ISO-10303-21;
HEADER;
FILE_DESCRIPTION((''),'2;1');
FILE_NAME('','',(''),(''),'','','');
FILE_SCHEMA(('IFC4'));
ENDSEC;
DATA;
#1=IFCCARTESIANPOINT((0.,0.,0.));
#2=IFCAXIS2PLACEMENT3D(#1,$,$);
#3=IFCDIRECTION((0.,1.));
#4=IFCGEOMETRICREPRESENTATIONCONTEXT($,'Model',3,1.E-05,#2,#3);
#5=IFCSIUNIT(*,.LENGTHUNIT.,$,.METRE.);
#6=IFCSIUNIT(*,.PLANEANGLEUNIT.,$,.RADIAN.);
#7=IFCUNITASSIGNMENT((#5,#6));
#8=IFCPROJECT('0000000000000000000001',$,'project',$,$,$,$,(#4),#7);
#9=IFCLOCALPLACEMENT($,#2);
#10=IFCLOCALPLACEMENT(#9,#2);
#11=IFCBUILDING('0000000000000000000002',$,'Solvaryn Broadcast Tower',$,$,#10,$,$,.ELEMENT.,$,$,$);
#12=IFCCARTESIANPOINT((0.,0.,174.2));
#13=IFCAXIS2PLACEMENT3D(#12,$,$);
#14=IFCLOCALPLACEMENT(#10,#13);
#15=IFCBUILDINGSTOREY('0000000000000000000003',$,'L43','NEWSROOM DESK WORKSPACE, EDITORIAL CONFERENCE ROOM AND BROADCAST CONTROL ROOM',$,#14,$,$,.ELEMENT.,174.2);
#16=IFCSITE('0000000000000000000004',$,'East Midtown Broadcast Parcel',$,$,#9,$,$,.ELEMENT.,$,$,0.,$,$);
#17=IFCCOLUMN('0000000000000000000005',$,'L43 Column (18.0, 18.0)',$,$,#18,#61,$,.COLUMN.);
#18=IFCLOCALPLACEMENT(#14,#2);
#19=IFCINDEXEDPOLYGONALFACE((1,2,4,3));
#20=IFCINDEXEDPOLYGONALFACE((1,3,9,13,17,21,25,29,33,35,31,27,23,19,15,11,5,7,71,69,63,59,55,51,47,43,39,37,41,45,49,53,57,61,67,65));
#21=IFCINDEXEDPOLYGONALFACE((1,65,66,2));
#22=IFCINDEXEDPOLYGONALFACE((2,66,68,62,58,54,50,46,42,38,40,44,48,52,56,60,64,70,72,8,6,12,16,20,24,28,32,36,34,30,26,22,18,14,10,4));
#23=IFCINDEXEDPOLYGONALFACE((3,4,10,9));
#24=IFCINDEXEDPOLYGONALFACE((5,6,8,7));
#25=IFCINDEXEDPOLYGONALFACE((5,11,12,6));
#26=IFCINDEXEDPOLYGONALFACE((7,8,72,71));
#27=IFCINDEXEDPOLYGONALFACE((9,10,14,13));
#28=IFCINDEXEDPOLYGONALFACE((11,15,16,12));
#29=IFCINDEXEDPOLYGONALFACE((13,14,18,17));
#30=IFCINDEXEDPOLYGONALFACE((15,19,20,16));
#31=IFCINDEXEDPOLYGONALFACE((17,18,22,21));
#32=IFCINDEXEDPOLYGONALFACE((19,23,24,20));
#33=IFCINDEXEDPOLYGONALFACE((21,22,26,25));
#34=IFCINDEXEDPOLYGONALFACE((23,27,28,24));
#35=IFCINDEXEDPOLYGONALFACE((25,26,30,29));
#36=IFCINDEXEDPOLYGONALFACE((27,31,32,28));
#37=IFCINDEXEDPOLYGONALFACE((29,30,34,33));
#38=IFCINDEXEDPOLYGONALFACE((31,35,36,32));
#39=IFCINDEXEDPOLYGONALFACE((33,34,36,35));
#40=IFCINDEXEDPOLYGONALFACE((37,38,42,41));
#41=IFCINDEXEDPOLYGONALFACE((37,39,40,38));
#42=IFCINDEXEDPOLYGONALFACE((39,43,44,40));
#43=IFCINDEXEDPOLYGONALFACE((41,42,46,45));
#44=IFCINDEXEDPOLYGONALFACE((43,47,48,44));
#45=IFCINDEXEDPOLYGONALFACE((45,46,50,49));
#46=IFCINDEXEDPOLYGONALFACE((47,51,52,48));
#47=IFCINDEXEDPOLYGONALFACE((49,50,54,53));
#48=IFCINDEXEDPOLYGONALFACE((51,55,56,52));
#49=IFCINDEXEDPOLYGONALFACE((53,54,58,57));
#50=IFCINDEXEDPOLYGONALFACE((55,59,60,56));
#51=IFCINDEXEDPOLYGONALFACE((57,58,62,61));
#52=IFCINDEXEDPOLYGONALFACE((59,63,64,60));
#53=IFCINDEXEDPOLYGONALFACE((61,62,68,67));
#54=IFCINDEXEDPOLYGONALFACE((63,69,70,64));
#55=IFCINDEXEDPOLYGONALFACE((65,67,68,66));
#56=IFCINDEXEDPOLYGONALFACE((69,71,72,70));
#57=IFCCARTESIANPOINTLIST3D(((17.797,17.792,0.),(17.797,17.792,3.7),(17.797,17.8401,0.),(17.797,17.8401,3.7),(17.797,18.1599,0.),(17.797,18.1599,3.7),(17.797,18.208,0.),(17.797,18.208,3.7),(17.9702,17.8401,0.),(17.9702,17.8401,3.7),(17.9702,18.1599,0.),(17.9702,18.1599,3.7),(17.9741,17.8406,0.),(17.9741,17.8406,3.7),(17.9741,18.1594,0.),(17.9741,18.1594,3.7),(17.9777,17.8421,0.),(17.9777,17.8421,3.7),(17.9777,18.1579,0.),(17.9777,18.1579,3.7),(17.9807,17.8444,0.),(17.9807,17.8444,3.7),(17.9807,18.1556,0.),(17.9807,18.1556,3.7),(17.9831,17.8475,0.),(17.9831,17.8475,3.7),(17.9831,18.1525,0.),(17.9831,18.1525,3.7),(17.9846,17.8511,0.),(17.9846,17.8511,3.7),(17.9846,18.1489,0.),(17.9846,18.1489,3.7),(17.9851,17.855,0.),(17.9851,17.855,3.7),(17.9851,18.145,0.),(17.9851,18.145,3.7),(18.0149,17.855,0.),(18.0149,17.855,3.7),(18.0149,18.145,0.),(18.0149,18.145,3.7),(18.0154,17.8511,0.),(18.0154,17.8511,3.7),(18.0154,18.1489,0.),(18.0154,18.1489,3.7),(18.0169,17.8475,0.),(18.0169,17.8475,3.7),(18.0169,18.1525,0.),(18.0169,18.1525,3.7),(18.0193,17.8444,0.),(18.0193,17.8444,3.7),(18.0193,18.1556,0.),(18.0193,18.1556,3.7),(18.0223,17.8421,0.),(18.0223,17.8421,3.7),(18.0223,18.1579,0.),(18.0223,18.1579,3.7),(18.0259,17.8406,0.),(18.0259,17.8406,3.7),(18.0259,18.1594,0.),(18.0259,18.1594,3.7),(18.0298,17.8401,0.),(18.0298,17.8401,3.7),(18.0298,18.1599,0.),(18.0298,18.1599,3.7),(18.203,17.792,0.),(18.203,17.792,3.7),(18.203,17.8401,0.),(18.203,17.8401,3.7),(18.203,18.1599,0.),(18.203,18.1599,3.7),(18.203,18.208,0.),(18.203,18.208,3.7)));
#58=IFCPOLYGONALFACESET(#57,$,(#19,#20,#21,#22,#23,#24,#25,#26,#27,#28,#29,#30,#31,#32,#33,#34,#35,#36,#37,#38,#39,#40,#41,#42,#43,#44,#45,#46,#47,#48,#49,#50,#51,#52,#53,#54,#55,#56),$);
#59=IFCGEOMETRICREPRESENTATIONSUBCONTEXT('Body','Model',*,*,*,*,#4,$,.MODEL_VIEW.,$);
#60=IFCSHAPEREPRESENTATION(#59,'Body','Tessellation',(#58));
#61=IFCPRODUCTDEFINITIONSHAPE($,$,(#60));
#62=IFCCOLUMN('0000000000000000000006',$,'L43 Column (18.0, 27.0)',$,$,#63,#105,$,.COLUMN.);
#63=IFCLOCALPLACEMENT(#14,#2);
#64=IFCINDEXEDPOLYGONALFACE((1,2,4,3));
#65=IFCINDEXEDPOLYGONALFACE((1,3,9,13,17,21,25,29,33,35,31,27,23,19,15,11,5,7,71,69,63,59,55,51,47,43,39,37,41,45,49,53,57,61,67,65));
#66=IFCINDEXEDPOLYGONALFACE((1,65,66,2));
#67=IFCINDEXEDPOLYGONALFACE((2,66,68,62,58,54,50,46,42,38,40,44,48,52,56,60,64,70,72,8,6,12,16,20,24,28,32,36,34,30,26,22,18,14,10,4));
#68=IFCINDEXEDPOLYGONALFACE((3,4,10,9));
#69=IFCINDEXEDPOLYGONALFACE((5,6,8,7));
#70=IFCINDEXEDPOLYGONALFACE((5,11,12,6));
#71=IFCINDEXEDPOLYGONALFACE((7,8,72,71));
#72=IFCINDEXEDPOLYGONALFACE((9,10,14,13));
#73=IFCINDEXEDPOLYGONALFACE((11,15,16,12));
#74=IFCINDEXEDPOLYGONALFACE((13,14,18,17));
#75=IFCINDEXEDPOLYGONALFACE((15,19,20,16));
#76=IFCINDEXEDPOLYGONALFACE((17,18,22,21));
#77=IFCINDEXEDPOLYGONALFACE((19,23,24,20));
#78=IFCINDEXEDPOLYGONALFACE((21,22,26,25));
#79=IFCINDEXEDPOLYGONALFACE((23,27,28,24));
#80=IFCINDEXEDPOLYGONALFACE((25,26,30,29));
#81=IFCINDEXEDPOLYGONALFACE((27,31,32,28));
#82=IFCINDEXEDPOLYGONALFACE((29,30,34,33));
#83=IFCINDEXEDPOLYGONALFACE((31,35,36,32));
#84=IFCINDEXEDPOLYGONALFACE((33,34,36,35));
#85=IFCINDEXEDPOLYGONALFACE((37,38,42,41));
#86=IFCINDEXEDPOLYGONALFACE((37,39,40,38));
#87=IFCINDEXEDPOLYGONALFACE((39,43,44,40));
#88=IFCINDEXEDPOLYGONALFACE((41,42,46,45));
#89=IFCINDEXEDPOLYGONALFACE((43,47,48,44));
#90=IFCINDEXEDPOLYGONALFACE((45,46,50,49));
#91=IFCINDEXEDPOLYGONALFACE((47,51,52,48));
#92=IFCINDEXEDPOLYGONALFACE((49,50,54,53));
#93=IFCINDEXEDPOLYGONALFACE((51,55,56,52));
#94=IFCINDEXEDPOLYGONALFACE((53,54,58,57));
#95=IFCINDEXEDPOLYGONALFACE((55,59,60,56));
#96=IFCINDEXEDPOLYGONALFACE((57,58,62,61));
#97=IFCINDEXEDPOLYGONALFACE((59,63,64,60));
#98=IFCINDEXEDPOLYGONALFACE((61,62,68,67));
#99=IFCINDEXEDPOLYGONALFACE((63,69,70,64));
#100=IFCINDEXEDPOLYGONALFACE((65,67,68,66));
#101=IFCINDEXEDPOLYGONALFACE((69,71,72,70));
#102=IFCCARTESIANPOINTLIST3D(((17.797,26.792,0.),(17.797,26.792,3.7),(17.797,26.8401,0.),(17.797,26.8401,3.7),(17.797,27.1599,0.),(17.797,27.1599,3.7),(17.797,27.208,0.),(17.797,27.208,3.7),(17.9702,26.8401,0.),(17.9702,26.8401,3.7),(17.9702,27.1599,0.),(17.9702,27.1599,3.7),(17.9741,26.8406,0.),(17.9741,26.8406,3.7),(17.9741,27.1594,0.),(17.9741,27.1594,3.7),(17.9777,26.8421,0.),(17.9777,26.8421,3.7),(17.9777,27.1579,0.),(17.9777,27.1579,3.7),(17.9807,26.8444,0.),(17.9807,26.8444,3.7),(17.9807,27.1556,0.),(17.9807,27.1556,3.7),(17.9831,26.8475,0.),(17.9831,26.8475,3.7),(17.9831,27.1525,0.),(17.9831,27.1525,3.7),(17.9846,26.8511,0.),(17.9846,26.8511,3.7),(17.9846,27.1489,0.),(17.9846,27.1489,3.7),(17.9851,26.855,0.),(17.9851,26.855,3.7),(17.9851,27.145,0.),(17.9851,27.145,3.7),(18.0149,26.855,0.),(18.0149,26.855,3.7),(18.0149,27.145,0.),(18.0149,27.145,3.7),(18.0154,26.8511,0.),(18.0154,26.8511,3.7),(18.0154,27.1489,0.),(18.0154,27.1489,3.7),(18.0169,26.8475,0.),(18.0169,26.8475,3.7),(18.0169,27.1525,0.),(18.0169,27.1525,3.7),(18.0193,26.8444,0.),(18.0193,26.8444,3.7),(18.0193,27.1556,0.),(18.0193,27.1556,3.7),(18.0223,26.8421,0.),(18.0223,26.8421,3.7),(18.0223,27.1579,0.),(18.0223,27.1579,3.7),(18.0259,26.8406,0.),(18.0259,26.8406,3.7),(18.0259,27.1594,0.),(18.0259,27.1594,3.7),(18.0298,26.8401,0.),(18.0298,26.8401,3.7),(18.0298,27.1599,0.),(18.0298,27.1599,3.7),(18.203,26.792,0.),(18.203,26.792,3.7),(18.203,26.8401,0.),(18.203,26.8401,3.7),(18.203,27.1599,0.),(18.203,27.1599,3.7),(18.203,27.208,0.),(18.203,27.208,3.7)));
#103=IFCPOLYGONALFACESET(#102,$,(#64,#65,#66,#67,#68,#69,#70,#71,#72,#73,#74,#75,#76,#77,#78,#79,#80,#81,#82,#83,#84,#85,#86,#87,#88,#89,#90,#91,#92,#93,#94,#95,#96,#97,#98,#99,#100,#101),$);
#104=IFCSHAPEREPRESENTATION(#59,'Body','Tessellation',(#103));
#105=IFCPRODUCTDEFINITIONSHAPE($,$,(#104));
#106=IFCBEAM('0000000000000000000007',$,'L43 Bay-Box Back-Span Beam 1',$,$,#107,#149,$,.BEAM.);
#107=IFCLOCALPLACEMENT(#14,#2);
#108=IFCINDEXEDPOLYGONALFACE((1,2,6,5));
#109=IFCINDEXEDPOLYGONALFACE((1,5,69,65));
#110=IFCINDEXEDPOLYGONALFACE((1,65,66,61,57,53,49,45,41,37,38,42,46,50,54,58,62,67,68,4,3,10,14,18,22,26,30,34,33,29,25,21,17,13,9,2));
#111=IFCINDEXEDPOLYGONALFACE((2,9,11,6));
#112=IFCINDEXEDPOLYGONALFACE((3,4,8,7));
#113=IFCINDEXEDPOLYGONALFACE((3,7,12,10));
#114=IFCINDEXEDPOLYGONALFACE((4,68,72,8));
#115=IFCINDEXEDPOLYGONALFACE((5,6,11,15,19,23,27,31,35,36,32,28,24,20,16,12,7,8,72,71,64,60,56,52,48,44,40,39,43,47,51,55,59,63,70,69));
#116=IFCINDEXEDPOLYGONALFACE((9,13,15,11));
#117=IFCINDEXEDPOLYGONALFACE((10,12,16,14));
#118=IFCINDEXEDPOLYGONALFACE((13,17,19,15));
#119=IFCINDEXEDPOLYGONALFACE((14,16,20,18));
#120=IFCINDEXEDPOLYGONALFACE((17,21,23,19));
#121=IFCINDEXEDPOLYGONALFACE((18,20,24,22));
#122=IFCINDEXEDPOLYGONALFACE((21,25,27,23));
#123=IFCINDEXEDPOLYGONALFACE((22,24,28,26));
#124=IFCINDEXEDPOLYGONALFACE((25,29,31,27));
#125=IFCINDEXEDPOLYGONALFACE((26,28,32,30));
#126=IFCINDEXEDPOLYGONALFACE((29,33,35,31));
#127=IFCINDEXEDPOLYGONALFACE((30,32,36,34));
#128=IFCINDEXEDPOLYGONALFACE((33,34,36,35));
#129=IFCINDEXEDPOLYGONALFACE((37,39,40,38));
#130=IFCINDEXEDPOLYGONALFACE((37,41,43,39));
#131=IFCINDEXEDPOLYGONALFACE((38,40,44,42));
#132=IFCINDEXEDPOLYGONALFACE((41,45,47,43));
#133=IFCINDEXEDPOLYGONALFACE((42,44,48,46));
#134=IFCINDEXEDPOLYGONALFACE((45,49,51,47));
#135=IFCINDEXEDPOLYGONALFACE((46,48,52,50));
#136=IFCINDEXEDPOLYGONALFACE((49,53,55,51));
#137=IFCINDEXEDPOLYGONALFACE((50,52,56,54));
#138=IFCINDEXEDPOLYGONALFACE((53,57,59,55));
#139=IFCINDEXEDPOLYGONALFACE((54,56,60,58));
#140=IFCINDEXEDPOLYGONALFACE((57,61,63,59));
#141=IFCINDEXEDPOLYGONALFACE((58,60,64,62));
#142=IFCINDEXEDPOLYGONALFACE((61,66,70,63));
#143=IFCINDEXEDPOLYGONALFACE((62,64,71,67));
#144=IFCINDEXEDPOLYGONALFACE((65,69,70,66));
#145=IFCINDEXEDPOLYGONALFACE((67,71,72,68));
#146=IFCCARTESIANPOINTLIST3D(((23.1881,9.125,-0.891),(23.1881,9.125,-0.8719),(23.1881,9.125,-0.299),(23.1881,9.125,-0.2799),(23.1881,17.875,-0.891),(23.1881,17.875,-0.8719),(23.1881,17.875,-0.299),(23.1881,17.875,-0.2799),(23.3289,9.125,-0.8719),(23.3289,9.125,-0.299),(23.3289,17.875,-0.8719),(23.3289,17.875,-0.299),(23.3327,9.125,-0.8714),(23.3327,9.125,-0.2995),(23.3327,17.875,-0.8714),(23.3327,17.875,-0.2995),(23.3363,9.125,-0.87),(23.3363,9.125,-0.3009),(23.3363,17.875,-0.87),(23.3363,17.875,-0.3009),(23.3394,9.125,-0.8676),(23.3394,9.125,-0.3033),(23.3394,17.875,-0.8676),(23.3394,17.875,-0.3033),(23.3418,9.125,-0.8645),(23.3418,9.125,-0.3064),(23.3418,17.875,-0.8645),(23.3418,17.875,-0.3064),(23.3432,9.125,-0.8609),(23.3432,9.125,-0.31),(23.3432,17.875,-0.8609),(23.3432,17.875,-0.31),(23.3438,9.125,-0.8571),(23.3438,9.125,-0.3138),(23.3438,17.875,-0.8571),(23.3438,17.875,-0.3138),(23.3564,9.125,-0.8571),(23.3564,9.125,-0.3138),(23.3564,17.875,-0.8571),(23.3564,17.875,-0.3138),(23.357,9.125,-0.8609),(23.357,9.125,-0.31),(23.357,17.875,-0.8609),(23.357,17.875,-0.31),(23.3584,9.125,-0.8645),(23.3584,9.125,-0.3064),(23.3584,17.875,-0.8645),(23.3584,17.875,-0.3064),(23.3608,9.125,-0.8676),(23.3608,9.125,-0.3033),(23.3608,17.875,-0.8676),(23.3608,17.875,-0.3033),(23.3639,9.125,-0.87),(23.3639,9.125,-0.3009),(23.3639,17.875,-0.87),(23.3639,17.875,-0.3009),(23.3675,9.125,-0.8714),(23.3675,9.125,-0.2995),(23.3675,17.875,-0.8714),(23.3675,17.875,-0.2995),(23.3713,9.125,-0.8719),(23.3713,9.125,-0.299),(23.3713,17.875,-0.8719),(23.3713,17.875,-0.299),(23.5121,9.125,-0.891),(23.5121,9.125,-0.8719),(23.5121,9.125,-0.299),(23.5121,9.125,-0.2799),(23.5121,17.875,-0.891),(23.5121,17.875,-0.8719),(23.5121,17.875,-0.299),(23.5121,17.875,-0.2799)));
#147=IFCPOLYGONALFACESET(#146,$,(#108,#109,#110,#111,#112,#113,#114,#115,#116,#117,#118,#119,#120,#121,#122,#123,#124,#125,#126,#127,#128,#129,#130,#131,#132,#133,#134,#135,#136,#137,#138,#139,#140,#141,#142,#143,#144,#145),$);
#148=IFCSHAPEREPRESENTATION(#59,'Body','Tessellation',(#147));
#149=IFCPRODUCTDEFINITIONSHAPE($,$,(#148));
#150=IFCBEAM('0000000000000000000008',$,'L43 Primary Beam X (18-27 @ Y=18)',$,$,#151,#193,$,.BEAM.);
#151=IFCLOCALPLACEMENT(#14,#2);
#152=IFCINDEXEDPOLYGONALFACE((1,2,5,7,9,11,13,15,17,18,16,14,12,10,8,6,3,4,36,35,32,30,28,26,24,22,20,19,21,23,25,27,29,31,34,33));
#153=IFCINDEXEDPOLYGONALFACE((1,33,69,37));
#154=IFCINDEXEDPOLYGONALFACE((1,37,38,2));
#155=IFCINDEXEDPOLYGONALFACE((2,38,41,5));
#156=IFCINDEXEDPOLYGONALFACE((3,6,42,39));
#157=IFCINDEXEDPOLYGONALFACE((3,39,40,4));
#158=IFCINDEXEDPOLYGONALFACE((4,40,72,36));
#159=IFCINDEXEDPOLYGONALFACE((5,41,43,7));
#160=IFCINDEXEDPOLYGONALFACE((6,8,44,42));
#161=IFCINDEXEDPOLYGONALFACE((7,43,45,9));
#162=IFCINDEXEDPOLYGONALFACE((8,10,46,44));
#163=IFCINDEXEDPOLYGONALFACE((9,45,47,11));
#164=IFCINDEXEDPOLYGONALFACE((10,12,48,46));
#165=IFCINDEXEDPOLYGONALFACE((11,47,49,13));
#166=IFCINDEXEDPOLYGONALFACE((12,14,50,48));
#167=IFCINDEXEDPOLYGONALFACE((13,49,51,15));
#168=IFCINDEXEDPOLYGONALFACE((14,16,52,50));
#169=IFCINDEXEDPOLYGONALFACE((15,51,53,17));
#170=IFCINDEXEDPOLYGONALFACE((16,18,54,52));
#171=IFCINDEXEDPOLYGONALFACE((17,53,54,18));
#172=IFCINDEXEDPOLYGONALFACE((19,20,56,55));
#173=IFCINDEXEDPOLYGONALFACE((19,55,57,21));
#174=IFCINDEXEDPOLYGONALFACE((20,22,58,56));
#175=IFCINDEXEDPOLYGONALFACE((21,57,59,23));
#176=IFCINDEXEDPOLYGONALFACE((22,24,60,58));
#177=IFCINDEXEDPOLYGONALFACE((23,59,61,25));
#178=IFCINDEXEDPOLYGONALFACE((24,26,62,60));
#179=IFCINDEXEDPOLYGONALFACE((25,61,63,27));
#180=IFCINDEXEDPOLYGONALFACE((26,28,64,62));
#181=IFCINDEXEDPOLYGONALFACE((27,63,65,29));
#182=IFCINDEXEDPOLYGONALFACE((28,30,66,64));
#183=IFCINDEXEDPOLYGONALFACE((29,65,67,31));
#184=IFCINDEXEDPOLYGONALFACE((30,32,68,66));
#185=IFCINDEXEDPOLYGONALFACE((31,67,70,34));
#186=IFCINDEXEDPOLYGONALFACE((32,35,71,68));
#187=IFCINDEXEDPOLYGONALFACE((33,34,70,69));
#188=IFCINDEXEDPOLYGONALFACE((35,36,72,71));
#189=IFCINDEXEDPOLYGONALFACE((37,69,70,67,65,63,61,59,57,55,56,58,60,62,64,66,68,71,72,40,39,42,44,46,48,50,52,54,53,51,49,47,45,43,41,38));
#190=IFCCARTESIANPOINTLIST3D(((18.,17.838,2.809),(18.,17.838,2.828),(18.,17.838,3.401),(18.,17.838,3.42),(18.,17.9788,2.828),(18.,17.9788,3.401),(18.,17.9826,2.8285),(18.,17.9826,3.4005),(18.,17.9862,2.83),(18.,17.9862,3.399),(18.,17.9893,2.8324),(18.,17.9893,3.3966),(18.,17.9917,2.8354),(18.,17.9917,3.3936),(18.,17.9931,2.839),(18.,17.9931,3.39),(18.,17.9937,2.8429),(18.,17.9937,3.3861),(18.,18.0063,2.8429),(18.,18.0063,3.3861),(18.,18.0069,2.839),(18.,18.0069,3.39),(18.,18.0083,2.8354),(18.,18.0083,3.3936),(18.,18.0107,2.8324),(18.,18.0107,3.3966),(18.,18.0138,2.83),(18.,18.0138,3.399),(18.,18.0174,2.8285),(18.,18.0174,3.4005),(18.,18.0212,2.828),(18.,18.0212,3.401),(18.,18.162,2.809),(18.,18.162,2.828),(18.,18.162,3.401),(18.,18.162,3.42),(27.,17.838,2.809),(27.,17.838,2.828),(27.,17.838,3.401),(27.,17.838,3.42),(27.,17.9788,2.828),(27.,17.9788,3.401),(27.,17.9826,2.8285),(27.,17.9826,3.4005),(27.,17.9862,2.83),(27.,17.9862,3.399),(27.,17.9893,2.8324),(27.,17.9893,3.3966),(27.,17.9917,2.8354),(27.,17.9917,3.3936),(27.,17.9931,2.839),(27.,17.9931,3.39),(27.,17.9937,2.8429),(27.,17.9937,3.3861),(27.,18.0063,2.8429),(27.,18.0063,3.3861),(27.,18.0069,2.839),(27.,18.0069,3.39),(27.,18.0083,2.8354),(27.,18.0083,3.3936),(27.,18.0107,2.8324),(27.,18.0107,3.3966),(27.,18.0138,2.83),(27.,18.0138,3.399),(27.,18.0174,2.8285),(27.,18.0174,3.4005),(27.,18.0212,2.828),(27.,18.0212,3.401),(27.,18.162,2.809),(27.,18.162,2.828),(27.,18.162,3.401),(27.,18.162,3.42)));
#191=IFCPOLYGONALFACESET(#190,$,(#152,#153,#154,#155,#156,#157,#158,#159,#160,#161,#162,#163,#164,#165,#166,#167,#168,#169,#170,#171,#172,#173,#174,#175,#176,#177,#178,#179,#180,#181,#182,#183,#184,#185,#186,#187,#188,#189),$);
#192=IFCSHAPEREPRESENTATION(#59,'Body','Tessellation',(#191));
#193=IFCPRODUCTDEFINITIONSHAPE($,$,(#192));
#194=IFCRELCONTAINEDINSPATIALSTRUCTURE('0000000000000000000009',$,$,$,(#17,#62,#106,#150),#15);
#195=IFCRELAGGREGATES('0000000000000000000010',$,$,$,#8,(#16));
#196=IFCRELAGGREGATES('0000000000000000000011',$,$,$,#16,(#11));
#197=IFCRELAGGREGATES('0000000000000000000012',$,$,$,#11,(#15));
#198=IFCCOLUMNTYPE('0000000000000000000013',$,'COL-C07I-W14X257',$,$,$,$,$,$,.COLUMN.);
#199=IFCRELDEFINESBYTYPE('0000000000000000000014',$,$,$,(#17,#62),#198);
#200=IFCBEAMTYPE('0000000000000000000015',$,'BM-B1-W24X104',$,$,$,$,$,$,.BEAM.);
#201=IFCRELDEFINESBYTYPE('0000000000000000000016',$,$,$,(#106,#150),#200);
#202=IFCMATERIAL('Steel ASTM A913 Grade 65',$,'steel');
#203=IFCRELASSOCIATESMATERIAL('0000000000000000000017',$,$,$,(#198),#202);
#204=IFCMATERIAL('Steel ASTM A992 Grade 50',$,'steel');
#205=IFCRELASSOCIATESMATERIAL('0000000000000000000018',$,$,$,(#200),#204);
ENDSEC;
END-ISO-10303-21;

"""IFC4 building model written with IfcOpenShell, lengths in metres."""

from ifc_helpers import new_model, si_unit, direction, frame, origin, origin_2d, place, context, subcontext, project, spatial, i_section, extrude, material, material_profile, profile_set, type_object, element, save


model = new_model("IFC4")

# Units and contexts
model_context = context("Model", 3, precision=1e-05, world=origin(), true_north=direction((0.0, 1.0)))
body_context = subcontext(model_context, "Body", "Model", "MODEL_VIEW")
ifc_project = project(units=[si_unit("LENGTHUNIT", "METRE"), si_unit("PLANEANGLEUNIT", "RADIAN")], contexts=[model_context])

# Site, building, storey
site_placement = place(None, origin())
site = spatial("IfcSite", under=ifc_project, at=site_placement, Name="East Midtown Broadcast Parcel", CompositionType="ELEMENT", RefElevation=0.0)
building_placement = place(site_placement, origin())
building = spatial("IfcBuilding", under=site, at=building_placement, Name="Solvaryn Broadcast Tower", CompositionType="ELEMENT")
storey_placement = place(building_placement, frame((0.0, 0.0, 174.2)))
storey = spatial("IfcBuildingStorey", under=building, at=storey_placement, Name="L43", Description="NEWSROOM DESK WORKSPACE, EDITORIAL CONFERENCE ROOM AND BROADCAST CONTROL ROOM", CompositionType="ELEMENT", Elevation=174.2)

# Columns
ifc_material_1 = material(Name="Steel ASTM A913 Grade 65", Category="steel")
ifc_material_profile_1 = material_profile(ifc_material_1, i_section(OverallWidth=0.406, OverallDepth=0.416, WebThickness=0.0298, FlangeThickness=0.0481, FilletRadius=0.0149, at=origin_2d()))
ifc_profile_set_1 = profile_set([ifc_material_profile_1], Name="Steel ASTM A913 Grade 65")
column_type = type_object("IfcColumnType", Name="COL-C07I-W14X257", PredefinedType="COLUMN", material=ifc_profile_set_1)
for number, where, z_axis, x_axis, name in (
    (1, (18.0, 18.0, 0.0), (0.0, 0.0, 1.0), (1.0, 0.0, 0.0), "L43 Column (18.0, 18.0)"),
    (2, (18.0, 27.0, 0.0), (0.0, 0.0, 1.0), (1.0, 0.0, 0.0), "L43 Column (18.0, 27.0)"),
):
    element("IfcColumn", number, at=place(storey_placement, frame(where, z_axis=z_axis, x_axis=x_axis)), inside=storey, type_object=column_type, Name=name, PredefinedType="COLUMN", context=body_context, shape_type="SweptSolid", body=[
        extrude(i_section(OverallWidth=0.406, OverallDepth=0.416, WebThickness=0.0298, FlangeThickness=0.0481, FilletRadius=0.0149, at=origin_2d()), origin(), (0.0, 0.0, 1.0), 3.7),
    ])

# Beams
ifc_material_2 = material(Name="Steel ASTM A992 Grade 50", Category="steel")
ifc_material_profile_2 = material_profile(ifc_material_2, i_section(OverallWidth=0.324, OverallDepth=0.6111, WebThickness=0.0127, FlangeThickness=0.019, FilletRadius=0.0149, at=origin_2d()))
ifc_profile_set_2 = profile_set([ifc_material_profile_2], Name="Steel ASTM A992 Grade 50")
beam_type_1 = type_object("IfcBeamType", Name="BM-B1-W24X104", PredefinedType="BEAM", material=ifc_profile_set_2)
beam_1_placement = place(storey_placement, frame((23.3501, 17.875, -0.5854), z_axis=(0.0, -1.0, 0.0), x_axis=(1.0, 0.0, 0.0)))
element("IfcBeam", 3, at=beam_1_placement, inside=storey, type_object=beam_type_1, Name="L43 Bay-Box Back-Span Beam 1", PredefinedType="BEAM", context=body_context, shape_type="SweptSolid", body=[
    extrude(i_section(OverallWidth=0.324, OverallDepth=0.6111, WebThickness=0.0127, FlangeThickness=0.019, FilletRadius=0.0149, at=origin_2d()), origin(), (0.0, 0.0, 1.0), 8.75),
])
for number, where, z_axis, x_axis, name in (
    (4, (18.0, 18.0, 3.1145), (1.0, 0.0, 0.0), (0.0, 1.0, 0.0), "L43 Primary Beam X (18-27 @ Y=18)"),
):
    element("IfcBeam", number, at=place(storey_placement, frame(where, z_axis=z_axis, x_axis=x_axis)), inside=storey, type_object=beam_type_1, Name=name, PredefinedType="BEAM", context=body_context, shape_type="SweptSolid", body=[
        extrude(i_section(OverallWidth=0.324, OverallDepth=0.6111, WebThickness=0.0127, FlangeThickness=0.019, FilletRadius=0.0149, at=origin_2d()), origin(), (0.0, 0.0, 1.0), 9.0),
    ])

save(model, "model.ifc")
